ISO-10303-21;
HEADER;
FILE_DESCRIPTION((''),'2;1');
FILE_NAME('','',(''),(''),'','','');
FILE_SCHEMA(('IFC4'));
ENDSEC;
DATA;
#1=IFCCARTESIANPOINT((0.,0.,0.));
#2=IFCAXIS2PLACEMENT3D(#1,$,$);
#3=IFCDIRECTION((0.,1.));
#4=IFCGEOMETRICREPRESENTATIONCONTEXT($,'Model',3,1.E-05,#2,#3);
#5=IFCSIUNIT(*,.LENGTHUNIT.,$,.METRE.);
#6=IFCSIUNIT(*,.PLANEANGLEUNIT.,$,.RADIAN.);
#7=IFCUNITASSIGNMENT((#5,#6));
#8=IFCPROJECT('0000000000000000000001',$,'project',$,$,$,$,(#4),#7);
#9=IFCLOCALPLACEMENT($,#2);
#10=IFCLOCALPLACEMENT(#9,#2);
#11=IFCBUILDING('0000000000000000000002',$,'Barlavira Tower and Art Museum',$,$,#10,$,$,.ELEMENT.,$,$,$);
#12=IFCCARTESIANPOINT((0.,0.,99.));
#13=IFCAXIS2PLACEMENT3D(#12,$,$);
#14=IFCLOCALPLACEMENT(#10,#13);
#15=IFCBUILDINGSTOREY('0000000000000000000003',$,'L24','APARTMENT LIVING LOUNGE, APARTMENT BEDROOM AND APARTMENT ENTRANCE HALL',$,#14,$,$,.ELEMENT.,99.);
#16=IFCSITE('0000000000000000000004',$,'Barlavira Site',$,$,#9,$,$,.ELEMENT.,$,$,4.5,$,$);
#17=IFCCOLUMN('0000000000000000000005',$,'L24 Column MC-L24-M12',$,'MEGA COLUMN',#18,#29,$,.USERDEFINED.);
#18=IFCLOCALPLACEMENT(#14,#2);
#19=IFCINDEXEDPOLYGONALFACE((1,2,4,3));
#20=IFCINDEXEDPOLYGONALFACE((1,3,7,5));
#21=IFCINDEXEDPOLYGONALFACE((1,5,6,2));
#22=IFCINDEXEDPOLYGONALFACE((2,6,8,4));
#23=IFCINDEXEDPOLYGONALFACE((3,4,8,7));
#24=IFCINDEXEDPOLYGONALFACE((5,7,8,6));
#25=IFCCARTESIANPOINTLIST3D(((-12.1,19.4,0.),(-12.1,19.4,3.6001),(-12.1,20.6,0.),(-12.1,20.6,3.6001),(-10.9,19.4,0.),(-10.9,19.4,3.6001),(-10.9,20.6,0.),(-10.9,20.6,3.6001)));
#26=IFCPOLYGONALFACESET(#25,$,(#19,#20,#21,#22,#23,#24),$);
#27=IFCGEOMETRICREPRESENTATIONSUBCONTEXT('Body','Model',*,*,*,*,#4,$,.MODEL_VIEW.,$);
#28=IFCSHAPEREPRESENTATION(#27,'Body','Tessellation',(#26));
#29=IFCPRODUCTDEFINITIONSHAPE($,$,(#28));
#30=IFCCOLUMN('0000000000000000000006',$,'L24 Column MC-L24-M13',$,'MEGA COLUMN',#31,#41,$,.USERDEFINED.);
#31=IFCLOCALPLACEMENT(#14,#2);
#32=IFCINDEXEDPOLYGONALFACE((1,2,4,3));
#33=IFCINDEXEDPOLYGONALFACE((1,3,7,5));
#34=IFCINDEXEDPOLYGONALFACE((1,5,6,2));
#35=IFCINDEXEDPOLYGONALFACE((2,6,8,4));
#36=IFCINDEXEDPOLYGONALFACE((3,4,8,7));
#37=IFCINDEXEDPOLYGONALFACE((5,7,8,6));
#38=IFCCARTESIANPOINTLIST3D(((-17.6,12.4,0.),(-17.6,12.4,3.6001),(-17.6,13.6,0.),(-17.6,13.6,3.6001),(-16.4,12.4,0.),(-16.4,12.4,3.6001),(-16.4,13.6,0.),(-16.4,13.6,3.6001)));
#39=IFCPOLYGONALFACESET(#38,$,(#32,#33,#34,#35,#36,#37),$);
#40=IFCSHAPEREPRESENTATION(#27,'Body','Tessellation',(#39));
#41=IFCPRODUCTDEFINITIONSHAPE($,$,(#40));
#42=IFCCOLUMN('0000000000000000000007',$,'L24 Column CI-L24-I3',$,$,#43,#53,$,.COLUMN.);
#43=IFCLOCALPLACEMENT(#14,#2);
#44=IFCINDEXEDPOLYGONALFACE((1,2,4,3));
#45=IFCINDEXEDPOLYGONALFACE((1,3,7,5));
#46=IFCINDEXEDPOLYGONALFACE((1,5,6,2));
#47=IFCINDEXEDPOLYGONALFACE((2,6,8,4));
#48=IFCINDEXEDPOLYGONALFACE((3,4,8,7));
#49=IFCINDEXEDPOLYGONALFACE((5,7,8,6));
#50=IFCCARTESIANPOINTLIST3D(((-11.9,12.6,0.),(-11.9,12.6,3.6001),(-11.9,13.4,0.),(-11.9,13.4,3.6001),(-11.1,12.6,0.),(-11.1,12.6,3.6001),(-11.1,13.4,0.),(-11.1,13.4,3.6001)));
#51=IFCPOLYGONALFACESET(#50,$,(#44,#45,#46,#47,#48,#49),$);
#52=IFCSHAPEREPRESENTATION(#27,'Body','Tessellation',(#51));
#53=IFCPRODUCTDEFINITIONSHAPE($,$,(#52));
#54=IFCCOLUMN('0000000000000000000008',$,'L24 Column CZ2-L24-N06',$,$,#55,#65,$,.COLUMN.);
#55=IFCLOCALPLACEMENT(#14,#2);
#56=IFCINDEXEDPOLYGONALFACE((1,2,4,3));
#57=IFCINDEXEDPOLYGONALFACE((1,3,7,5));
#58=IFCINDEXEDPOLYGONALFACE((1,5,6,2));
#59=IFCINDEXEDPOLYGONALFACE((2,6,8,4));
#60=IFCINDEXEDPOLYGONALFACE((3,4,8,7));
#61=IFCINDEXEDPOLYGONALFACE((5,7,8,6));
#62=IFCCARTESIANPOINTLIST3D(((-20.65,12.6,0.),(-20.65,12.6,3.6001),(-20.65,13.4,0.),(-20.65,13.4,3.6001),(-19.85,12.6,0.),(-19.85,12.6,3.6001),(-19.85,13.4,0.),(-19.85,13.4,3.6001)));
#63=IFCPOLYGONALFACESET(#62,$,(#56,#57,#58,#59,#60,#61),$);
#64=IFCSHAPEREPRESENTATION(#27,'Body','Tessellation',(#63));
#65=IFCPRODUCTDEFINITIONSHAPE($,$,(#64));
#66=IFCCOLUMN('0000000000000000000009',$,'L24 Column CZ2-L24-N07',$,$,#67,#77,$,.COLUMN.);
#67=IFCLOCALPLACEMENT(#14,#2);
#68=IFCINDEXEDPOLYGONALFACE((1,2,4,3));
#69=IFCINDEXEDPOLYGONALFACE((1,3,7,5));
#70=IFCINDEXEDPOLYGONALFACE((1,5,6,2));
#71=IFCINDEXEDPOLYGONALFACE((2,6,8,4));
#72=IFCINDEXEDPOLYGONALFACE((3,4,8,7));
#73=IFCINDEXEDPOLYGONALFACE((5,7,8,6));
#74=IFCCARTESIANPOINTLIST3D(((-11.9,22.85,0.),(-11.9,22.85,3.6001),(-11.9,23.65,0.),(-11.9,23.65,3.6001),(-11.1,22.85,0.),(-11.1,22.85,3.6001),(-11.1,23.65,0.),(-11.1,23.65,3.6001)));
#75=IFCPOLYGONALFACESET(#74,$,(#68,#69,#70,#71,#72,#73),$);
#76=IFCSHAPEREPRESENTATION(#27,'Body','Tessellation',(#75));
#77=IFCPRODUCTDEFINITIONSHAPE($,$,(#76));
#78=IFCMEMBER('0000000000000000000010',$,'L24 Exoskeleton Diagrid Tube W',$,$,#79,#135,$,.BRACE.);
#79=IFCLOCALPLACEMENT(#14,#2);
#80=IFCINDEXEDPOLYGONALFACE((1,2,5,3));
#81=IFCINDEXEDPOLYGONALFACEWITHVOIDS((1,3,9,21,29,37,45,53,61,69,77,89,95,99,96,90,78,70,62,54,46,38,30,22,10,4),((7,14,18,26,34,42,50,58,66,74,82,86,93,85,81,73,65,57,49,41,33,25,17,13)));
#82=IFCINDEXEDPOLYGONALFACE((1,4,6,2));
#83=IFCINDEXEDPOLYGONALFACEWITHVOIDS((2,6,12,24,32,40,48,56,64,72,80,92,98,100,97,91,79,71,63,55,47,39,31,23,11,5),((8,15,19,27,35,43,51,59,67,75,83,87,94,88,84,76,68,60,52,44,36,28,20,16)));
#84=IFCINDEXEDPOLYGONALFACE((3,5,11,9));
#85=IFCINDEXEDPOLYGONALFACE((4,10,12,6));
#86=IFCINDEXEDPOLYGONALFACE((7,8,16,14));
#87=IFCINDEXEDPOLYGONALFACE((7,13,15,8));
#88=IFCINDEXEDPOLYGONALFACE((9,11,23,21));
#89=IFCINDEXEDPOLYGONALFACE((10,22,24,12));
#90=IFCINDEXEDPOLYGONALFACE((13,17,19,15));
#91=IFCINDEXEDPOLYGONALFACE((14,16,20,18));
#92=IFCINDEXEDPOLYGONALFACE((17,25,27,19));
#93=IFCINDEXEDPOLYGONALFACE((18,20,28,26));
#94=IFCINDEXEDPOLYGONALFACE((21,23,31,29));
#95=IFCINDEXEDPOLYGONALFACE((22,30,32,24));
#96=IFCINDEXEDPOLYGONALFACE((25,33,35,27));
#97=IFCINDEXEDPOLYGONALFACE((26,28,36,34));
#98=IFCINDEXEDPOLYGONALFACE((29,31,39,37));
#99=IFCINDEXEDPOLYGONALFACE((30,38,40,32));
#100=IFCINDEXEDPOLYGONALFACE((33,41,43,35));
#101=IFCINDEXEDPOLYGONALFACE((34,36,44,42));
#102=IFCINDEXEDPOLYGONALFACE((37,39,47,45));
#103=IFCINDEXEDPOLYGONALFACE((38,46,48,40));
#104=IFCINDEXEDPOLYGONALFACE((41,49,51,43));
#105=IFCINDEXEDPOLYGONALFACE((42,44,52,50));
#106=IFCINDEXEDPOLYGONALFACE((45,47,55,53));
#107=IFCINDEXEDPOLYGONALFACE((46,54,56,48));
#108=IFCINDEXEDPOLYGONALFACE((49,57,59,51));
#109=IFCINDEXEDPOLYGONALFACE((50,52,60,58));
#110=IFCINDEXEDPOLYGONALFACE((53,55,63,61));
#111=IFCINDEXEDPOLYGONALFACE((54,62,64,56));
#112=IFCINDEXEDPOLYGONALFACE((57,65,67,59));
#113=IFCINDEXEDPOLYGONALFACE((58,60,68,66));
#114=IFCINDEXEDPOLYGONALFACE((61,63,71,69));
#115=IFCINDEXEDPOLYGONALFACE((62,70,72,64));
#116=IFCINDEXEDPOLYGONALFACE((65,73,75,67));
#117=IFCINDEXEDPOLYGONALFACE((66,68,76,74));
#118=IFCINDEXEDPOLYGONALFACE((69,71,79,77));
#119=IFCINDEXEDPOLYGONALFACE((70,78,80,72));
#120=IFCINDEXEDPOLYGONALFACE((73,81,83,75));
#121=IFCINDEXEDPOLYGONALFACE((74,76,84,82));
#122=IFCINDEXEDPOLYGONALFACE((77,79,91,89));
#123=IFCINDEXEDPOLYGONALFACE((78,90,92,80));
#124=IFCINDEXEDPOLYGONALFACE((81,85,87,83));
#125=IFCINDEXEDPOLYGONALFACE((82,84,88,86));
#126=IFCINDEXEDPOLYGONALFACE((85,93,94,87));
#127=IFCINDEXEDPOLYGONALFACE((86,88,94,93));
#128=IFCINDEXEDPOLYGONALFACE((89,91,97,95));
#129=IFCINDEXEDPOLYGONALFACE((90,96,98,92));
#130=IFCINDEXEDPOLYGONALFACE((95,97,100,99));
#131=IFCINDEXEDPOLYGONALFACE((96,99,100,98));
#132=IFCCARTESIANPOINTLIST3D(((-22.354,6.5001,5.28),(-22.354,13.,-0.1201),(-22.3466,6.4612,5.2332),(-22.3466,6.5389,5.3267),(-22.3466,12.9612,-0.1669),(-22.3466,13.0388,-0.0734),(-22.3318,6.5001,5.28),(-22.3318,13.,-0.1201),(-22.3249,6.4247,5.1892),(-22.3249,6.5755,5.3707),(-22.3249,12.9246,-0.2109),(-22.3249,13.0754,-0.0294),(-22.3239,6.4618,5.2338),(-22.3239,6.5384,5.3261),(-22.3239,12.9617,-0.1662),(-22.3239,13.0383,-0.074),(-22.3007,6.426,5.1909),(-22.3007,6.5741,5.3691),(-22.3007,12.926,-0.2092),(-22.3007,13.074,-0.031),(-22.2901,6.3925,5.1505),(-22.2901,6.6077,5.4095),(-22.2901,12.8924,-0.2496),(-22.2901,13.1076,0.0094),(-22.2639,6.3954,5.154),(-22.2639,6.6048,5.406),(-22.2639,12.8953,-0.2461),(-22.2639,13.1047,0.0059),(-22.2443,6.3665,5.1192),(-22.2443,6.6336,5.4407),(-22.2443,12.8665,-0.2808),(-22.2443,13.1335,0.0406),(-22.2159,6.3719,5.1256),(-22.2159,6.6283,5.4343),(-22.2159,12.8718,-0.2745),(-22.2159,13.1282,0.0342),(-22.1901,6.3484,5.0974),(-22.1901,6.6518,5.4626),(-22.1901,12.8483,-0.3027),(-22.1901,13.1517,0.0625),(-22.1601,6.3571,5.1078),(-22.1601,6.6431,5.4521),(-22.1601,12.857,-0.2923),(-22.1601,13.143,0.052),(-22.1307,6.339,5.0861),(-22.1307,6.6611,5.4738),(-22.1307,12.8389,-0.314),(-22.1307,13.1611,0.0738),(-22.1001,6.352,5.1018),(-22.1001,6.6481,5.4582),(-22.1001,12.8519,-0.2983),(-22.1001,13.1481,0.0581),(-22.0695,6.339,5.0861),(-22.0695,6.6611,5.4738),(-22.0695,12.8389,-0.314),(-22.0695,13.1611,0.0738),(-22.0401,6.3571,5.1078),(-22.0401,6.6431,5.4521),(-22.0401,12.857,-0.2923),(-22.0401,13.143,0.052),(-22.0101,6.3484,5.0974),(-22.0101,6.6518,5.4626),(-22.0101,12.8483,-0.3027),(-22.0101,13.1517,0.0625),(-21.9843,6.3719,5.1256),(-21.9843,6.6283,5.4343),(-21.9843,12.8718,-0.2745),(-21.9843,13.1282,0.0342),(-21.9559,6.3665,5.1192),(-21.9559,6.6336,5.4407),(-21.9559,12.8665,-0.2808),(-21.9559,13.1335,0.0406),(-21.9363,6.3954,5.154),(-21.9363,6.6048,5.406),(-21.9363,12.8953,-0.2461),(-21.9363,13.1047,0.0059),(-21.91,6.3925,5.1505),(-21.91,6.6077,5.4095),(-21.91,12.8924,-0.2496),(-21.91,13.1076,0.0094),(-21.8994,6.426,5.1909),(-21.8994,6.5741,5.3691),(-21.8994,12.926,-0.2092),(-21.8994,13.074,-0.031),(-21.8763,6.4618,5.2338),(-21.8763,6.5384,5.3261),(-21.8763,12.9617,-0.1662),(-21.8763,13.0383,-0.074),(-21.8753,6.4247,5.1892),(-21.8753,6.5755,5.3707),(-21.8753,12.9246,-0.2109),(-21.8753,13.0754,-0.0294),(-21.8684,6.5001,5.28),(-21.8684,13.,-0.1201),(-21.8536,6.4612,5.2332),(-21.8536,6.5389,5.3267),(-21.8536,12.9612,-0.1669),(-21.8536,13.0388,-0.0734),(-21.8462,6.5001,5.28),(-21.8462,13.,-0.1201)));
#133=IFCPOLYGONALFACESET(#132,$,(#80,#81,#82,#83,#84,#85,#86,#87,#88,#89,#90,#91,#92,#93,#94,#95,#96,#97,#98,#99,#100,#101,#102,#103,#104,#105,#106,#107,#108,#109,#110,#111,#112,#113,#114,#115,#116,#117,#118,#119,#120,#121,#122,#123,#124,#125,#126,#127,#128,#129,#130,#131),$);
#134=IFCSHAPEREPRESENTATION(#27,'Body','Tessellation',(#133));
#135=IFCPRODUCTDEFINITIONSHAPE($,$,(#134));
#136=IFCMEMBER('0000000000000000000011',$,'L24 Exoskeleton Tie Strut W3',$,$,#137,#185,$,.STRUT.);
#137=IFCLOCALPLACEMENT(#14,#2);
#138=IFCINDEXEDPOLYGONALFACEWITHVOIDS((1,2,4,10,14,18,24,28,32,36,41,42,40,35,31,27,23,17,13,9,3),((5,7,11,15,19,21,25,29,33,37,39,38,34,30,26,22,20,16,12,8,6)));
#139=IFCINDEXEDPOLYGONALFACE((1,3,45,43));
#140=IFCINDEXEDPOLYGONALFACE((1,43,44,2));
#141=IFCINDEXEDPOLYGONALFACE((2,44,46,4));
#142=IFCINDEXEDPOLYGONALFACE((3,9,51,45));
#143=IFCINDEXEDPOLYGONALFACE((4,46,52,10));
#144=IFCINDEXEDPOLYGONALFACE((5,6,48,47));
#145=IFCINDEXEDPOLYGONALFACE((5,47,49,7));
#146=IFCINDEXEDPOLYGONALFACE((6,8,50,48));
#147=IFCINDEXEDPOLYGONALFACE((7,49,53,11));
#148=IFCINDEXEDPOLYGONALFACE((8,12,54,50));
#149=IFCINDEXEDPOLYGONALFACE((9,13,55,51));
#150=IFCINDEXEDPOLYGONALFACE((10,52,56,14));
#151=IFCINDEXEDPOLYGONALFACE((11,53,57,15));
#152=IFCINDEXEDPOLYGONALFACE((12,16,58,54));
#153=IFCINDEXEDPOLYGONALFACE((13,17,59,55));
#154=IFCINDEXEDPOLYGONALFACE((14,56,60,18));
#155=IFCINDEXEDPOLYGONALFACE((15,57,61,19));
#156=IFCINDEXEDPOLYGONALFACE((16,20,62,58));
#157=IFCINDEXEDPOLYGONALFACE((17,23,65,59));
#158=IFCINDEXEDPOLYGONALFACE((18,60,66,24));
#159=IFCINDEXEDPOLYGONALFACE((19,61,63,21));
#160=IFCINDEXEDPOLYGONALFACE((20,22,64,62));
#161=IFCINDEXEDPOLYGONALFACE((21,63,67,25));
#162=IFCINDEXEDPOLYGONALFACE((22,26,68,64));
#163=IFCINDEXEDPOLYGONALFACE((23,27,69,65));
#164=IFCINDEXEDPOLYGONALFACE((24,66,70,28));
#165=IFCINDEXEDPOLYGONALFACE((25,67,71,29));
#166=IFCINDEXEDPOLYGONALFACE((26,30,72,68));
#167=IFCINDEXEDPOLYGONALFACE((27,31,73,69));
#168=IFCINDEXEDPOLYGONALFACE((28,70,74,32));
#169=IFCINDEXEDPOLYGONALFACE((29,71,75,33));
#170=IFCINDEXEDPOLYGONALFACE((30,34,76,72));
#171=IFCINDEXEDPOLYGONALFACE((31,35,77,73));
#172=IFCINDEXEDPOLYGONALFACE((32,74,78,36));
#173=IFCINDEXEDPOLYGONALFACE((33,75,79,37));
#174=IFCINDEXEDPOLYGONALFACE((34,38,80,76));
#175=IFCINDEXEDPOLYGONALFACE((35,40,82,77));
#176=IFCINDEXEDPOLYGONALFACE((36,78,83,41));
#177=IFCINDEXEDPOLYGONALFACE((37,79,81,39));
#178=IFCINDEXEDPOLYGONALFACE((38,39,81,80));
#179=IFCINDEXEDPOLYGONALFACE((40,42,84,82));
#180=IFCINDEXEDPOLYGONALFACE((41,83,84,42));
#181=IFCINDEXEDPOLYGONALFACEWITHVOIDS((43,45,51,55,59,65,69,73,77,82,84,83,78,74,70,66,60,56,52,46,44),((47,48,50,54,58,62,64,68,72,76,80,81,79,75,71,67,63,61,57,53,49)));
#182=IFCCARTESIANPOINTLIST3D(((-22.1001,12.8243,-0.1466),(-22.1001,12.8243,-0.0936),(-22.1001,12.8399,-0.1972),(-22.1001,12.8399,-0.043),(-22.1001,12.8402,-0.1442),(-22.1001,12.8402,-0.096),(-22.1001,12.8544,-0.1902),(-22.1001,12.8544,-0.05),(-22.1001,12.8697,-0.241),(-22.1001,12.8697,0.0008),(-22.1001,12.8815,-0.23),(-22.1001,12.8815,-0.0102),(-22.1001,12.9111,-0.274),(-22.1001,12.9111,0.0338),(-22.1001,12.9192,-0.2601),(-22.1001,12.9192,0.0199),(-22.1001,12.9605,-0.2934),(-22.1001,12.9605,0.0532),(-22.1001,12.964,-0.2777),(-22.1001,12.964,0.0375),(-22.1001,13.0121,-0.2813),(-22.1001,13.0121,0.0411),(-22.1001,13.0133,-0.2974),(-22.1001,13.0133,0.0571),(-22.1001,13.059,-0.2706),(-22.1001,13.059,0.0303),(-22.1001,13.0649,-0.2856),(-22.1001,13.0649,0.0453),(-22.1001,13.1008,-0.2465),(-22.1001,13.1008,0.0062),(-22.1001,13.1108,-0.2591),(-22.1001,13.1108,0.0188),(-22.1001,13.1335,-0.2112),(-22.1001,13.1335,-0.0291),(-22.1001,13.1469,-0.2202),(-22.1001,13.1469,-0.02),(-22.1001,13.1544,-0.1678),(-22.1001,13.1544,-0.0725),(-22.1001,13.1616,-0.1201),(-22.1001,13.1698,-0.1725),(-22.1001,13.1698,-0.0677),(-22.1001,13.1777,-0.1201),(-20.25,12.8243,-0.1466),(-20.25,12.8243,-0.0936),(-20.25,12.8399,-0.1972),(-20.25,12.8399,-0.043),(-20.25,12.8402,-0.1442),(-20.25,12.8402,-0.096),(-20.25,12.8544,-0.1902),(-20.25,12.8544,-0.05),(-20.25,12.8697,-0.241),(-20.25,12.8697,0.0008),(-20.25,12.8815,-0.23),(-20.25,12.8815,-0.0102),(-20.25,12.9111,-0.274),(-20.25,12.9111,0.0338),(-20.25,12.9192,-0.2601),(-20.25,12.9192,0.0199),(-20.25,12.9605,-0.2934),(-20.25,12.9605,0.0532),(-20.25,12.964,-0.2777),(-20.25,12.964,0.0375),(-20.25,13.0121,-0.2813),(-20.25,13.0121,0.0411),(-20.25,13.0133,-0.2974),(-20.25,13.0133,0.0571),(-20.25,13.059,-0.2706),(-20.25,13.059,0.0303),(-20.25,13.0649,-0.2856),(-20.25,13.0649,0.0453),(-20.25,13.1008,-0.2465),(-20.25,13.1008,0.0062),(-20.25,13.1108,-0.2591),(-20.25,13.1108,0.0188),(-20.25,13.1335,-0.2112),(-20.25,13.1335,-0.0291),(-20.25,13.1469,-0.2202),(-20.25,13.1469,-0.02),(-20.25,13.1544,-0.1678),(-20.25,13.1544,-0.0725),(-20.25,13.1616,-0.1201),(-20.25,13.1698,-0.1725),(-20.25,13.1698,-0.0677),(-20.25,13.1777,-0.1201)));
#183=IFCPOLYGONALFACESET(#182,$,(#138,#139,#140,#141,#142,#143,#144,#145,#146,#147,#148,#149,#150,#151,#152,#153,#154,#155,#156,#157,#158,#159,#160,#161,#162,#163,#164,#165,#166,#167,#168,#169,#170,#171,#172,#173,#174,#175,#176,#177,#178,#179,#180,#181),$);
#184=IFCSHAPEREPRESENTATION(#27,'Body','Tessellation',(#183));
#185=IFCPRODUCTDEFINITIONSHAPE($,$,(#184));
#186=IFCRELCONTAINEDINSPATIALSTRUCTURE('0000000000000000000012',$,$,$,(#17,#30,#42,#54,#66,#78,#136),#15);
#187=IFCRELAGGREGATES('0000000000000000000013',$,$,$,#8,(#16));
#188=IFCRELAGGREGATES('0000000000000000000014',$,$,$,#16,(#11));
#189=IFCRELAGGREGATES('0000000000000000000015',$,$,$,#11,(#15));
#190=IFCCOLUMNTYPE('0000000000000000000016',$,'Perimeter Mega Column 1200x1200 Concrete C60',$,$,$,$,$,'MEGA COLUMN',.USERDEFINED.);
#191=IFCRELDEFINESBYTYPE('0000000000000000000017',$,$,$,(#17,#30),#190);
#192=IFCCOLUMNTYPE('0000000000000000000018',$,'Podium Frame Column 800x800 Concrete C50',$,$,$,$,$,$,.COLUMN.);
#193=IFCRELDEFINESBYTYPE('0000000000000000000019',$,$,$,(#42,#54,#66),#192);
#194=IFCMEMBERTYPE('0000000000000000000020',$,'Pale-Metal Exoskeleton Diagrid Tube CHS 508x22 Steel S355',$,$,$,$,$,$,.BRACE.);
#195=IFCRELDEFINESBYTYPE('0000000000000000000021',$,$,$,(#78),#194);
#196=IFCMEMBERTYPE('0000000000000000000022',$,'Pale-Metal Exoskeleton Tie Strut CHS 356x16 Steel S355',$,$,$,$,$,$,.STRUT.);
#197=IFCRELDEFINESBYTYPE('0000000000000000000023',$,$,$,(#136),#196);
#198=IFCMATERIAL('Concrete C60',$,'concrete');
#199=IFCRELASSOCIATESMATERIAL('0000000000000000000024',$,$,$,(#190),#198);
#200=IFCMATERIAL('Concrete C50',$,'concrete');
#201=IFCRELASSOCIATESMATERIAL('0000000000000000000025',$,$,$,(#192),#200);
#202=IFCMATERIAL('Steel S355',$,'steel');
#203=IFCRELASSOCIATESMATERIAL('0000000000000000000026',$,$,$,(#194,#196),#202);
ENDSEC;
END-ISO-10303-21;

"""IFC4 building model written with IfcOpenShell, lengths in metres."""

from ifc_helpers import new_model, si_unit, direction, frame, origin, origin_2d, place, context, subcontext, project, spatial, rectangle, hollow_circle, extrude, material, material_profile, profile_set, type_object, element, save


model = new_model("IFC4")

# Units and contexts
model_context = context("Model", 3, precision=1e-05, world=origin(), true_north=direction((0.0, 1.0)))
body_context = subcontext(model_context, "Body", "Model", "MODEL_VIEW")
ifc_project = project(units=[si_unit("LENGTHUNIT", "METRE"), si_unit("PLANEANGLEUNIT", "RADIAN")], contexts=[model_context])

# Site, building, storey
site_placement = place(None, origin())
site = spatial("IfcSite", under=ifc_project, at=site_placement, Name="Barlavira Site", CompositionType="ELEMENT", RefElevation=4.5)
building_placement = place(site_placement, origin())
building = spatial("IfcBuilding", under=site, at=building_placement, Name="Barlavira Tower and Art Museum", CompositionType="ELEMENT")
storey_placement = place(building_placement, frame((0.0, 0.0, 99.0)))
storey = spatial("IfcBuildingStorey", under=building, at=storey_placement, Name="L24", Description="APARTMENT LIVING LOUNGE, APARTMENT BEDROOM AND APARTMENT ENTRANCE HALL", CompositionType="ELEMENT", Elevation=99.0)

# Columns
ifc_material_1 = material(Name="Concrete C60", Category="concrete")
ifc_material_profile_1 = material_profile(ifc_material_1, rectangle(XDim=1.2, YDim=1.2, at=origin_2d()), Name="RC-COL 1200x1200")
ifc_profile_set_1 = profile_set([ifc_material_profile_1], Name="Concrete C60")
column_type_1 = type_object("IfcColumnType", Name="Perimeter Mega Column 1200x1200 Concrete C60", ElementType="MEGA COLUMN", PredefinedType="USERDEFINED", material=ifc_profile_set_1)
for number, where, z_axis, x_axis, name in (
    (1, (-11.5, 20.0, 0.0), (0.0, 0.0, 1.0), (1.0, 0.0, 0.0), "L24 Column MC-L24-M12"),
    (2, (-17.0, 13.0, 0.0), (0.0, 0.0, 1.0), (1.0, 0.0, 0.0), "L24 Column MC-L24-M13"),
):
    element("IfcColumn", number, at=place(storey_placement, frame(where, z_axis=z_axis, x_axis=x_axis)), inside=storey, type_object=column_type_1, Name=name, ObjectType="MEGA COLUMN", PredefinedType="USERDEFINED", context=body_context, shape_type="SweptSolid", body=[
        extrude(rectangle(XDim=1.2, YDim=1.2, at=origin_2d()), origin(), (0.0, 0.0, 1.0), 3.6001),
    ])
ifc_material_2 = material(Name="Concrete C50", Category="concrete")
ifc_material_profile_2 = material_profile(ifc_material_2, rectangle(XDim=0.8, YDim=0.8, at=origin_2d()), Name="RC-COL 800x800")
ifc_profile_set_2 = profile_set([ifc_material_profile_2], Name="Concrete C50")
column_type_2 = type_object("IfcColumnType", Name="Podium Frame Column 800x800 Concrete C50", PredefinedType="COLUMN", material=ifc_profile_set_2)
for number, where, z_axis, x_axis, name in (
    (3, (-11.5, 13.0, 0.0), (0.0, 0.0, 1.0), (1.0, 0.0, 0.0), "L24 Column CI-L24-I3"),
    (4, (-20.25, 13.0, 0.0), (0.0, 0.0, 1.0), (1.0, 0.0, 0.0), "L24 Column CZ2-L24-N06"),
    (5, (-11.5, 23.25, 0.0), (0.0, 0.0, 1.0), (1.0, 0.0, 0.0), "L24 Column CZ2-L24-N07"),
):
    element("IfcColumn", number, at=place(storey_placement, frame(where, z_axis=z_axis, x_axis=x_axis)), inside=storey, type_object=column_type_2, Name=name, PredefinedType="COLUMN", context=body_context, shape_type="SweptSolid", body=[
        extrude(rectangle(XDim=0.8, YDim=0.8, at=origin_2d()), origin(), (0.0, 0.0, 1.0), 3.6001),
    ])

# Members
ifc_material_3 = material(Name="Steel S355", Category="steel")
ifc_material_profile_3 = material_profile(ifc_material_3, hollow_circle(Radius=0.2539, WallThickness=0.0222, at=origin_2d()), Name="CHS 508.0x22.2")
ifc_profile_set_3 = profile_set([ifc_material_profile_3], Name="Steel S355")
member_type_1 = type_object("IfcMemberType", Name="Pale-Metal Exoskeleton Diagrid Tube CHS 508x22 Steel S355", PredefinedType="BRACE", material=ifc_profile_set_3)
member_1_placement = place(storey_placement, frame((-22.1001, 13.0, -0.1201), z_axis=(0.0, -0.769182, 0.63903), x_axis=(1.0, 0.0, 0.0)))
element("IfcMember", 6, at=member_1_placement, inside=storey, type_object=member_type_1, Name="L24 Exoskeleton Diagrid Tube W", PredefinedType="BRACE", context=body_context, shape_type="SweptSolid", body=[
    extrude(hollow_circle(Radius=0.2539, WallThickness=0.0222, at=origin_2d()), origin(), (0.0, 0.0, 1.0), 8.4504),
])
ifc_material_profile_4 = material_profile(ifc_material_3, hollow_circle(Radius=0.1777, WallThickness=0.0161, at=origin_2d()), Name="CHS 355.6x16.0")
ifc_profile_set_4 = profile_set([ifc_material_profile_4], Name="Steel S355")
member_type_2 = type_object("IfcMemberType", Name="Pale-Metal Exoskeleton Tie Strut CHS 356x16 Steel S355", PredefinedType="STRUT", material=ifc_profile_set_4)
member_2_placement = place(storey_placement, frame((-22.1001, 13.0, -0.1201), z_axis=(1.0, 0.0, 0.0), x_axis=(0.0, 1.0, 0.0)))
element("IfcMember", 7, at=member_2_placement, inside=storey, type_object=member_type_2, Name="L24 Exoskeleton Tie Strut W3", PredefinedType="STRUT", context=body_context, shape_type="SweptSolid", body=[
    extrude(hollow_circle(Radius=0.1777, WallThickness=0.0161, at=origin_2d()), origin(), (0.0, 0.0, 1.0), 1.8501),
])

save(model, "model.ifc")
